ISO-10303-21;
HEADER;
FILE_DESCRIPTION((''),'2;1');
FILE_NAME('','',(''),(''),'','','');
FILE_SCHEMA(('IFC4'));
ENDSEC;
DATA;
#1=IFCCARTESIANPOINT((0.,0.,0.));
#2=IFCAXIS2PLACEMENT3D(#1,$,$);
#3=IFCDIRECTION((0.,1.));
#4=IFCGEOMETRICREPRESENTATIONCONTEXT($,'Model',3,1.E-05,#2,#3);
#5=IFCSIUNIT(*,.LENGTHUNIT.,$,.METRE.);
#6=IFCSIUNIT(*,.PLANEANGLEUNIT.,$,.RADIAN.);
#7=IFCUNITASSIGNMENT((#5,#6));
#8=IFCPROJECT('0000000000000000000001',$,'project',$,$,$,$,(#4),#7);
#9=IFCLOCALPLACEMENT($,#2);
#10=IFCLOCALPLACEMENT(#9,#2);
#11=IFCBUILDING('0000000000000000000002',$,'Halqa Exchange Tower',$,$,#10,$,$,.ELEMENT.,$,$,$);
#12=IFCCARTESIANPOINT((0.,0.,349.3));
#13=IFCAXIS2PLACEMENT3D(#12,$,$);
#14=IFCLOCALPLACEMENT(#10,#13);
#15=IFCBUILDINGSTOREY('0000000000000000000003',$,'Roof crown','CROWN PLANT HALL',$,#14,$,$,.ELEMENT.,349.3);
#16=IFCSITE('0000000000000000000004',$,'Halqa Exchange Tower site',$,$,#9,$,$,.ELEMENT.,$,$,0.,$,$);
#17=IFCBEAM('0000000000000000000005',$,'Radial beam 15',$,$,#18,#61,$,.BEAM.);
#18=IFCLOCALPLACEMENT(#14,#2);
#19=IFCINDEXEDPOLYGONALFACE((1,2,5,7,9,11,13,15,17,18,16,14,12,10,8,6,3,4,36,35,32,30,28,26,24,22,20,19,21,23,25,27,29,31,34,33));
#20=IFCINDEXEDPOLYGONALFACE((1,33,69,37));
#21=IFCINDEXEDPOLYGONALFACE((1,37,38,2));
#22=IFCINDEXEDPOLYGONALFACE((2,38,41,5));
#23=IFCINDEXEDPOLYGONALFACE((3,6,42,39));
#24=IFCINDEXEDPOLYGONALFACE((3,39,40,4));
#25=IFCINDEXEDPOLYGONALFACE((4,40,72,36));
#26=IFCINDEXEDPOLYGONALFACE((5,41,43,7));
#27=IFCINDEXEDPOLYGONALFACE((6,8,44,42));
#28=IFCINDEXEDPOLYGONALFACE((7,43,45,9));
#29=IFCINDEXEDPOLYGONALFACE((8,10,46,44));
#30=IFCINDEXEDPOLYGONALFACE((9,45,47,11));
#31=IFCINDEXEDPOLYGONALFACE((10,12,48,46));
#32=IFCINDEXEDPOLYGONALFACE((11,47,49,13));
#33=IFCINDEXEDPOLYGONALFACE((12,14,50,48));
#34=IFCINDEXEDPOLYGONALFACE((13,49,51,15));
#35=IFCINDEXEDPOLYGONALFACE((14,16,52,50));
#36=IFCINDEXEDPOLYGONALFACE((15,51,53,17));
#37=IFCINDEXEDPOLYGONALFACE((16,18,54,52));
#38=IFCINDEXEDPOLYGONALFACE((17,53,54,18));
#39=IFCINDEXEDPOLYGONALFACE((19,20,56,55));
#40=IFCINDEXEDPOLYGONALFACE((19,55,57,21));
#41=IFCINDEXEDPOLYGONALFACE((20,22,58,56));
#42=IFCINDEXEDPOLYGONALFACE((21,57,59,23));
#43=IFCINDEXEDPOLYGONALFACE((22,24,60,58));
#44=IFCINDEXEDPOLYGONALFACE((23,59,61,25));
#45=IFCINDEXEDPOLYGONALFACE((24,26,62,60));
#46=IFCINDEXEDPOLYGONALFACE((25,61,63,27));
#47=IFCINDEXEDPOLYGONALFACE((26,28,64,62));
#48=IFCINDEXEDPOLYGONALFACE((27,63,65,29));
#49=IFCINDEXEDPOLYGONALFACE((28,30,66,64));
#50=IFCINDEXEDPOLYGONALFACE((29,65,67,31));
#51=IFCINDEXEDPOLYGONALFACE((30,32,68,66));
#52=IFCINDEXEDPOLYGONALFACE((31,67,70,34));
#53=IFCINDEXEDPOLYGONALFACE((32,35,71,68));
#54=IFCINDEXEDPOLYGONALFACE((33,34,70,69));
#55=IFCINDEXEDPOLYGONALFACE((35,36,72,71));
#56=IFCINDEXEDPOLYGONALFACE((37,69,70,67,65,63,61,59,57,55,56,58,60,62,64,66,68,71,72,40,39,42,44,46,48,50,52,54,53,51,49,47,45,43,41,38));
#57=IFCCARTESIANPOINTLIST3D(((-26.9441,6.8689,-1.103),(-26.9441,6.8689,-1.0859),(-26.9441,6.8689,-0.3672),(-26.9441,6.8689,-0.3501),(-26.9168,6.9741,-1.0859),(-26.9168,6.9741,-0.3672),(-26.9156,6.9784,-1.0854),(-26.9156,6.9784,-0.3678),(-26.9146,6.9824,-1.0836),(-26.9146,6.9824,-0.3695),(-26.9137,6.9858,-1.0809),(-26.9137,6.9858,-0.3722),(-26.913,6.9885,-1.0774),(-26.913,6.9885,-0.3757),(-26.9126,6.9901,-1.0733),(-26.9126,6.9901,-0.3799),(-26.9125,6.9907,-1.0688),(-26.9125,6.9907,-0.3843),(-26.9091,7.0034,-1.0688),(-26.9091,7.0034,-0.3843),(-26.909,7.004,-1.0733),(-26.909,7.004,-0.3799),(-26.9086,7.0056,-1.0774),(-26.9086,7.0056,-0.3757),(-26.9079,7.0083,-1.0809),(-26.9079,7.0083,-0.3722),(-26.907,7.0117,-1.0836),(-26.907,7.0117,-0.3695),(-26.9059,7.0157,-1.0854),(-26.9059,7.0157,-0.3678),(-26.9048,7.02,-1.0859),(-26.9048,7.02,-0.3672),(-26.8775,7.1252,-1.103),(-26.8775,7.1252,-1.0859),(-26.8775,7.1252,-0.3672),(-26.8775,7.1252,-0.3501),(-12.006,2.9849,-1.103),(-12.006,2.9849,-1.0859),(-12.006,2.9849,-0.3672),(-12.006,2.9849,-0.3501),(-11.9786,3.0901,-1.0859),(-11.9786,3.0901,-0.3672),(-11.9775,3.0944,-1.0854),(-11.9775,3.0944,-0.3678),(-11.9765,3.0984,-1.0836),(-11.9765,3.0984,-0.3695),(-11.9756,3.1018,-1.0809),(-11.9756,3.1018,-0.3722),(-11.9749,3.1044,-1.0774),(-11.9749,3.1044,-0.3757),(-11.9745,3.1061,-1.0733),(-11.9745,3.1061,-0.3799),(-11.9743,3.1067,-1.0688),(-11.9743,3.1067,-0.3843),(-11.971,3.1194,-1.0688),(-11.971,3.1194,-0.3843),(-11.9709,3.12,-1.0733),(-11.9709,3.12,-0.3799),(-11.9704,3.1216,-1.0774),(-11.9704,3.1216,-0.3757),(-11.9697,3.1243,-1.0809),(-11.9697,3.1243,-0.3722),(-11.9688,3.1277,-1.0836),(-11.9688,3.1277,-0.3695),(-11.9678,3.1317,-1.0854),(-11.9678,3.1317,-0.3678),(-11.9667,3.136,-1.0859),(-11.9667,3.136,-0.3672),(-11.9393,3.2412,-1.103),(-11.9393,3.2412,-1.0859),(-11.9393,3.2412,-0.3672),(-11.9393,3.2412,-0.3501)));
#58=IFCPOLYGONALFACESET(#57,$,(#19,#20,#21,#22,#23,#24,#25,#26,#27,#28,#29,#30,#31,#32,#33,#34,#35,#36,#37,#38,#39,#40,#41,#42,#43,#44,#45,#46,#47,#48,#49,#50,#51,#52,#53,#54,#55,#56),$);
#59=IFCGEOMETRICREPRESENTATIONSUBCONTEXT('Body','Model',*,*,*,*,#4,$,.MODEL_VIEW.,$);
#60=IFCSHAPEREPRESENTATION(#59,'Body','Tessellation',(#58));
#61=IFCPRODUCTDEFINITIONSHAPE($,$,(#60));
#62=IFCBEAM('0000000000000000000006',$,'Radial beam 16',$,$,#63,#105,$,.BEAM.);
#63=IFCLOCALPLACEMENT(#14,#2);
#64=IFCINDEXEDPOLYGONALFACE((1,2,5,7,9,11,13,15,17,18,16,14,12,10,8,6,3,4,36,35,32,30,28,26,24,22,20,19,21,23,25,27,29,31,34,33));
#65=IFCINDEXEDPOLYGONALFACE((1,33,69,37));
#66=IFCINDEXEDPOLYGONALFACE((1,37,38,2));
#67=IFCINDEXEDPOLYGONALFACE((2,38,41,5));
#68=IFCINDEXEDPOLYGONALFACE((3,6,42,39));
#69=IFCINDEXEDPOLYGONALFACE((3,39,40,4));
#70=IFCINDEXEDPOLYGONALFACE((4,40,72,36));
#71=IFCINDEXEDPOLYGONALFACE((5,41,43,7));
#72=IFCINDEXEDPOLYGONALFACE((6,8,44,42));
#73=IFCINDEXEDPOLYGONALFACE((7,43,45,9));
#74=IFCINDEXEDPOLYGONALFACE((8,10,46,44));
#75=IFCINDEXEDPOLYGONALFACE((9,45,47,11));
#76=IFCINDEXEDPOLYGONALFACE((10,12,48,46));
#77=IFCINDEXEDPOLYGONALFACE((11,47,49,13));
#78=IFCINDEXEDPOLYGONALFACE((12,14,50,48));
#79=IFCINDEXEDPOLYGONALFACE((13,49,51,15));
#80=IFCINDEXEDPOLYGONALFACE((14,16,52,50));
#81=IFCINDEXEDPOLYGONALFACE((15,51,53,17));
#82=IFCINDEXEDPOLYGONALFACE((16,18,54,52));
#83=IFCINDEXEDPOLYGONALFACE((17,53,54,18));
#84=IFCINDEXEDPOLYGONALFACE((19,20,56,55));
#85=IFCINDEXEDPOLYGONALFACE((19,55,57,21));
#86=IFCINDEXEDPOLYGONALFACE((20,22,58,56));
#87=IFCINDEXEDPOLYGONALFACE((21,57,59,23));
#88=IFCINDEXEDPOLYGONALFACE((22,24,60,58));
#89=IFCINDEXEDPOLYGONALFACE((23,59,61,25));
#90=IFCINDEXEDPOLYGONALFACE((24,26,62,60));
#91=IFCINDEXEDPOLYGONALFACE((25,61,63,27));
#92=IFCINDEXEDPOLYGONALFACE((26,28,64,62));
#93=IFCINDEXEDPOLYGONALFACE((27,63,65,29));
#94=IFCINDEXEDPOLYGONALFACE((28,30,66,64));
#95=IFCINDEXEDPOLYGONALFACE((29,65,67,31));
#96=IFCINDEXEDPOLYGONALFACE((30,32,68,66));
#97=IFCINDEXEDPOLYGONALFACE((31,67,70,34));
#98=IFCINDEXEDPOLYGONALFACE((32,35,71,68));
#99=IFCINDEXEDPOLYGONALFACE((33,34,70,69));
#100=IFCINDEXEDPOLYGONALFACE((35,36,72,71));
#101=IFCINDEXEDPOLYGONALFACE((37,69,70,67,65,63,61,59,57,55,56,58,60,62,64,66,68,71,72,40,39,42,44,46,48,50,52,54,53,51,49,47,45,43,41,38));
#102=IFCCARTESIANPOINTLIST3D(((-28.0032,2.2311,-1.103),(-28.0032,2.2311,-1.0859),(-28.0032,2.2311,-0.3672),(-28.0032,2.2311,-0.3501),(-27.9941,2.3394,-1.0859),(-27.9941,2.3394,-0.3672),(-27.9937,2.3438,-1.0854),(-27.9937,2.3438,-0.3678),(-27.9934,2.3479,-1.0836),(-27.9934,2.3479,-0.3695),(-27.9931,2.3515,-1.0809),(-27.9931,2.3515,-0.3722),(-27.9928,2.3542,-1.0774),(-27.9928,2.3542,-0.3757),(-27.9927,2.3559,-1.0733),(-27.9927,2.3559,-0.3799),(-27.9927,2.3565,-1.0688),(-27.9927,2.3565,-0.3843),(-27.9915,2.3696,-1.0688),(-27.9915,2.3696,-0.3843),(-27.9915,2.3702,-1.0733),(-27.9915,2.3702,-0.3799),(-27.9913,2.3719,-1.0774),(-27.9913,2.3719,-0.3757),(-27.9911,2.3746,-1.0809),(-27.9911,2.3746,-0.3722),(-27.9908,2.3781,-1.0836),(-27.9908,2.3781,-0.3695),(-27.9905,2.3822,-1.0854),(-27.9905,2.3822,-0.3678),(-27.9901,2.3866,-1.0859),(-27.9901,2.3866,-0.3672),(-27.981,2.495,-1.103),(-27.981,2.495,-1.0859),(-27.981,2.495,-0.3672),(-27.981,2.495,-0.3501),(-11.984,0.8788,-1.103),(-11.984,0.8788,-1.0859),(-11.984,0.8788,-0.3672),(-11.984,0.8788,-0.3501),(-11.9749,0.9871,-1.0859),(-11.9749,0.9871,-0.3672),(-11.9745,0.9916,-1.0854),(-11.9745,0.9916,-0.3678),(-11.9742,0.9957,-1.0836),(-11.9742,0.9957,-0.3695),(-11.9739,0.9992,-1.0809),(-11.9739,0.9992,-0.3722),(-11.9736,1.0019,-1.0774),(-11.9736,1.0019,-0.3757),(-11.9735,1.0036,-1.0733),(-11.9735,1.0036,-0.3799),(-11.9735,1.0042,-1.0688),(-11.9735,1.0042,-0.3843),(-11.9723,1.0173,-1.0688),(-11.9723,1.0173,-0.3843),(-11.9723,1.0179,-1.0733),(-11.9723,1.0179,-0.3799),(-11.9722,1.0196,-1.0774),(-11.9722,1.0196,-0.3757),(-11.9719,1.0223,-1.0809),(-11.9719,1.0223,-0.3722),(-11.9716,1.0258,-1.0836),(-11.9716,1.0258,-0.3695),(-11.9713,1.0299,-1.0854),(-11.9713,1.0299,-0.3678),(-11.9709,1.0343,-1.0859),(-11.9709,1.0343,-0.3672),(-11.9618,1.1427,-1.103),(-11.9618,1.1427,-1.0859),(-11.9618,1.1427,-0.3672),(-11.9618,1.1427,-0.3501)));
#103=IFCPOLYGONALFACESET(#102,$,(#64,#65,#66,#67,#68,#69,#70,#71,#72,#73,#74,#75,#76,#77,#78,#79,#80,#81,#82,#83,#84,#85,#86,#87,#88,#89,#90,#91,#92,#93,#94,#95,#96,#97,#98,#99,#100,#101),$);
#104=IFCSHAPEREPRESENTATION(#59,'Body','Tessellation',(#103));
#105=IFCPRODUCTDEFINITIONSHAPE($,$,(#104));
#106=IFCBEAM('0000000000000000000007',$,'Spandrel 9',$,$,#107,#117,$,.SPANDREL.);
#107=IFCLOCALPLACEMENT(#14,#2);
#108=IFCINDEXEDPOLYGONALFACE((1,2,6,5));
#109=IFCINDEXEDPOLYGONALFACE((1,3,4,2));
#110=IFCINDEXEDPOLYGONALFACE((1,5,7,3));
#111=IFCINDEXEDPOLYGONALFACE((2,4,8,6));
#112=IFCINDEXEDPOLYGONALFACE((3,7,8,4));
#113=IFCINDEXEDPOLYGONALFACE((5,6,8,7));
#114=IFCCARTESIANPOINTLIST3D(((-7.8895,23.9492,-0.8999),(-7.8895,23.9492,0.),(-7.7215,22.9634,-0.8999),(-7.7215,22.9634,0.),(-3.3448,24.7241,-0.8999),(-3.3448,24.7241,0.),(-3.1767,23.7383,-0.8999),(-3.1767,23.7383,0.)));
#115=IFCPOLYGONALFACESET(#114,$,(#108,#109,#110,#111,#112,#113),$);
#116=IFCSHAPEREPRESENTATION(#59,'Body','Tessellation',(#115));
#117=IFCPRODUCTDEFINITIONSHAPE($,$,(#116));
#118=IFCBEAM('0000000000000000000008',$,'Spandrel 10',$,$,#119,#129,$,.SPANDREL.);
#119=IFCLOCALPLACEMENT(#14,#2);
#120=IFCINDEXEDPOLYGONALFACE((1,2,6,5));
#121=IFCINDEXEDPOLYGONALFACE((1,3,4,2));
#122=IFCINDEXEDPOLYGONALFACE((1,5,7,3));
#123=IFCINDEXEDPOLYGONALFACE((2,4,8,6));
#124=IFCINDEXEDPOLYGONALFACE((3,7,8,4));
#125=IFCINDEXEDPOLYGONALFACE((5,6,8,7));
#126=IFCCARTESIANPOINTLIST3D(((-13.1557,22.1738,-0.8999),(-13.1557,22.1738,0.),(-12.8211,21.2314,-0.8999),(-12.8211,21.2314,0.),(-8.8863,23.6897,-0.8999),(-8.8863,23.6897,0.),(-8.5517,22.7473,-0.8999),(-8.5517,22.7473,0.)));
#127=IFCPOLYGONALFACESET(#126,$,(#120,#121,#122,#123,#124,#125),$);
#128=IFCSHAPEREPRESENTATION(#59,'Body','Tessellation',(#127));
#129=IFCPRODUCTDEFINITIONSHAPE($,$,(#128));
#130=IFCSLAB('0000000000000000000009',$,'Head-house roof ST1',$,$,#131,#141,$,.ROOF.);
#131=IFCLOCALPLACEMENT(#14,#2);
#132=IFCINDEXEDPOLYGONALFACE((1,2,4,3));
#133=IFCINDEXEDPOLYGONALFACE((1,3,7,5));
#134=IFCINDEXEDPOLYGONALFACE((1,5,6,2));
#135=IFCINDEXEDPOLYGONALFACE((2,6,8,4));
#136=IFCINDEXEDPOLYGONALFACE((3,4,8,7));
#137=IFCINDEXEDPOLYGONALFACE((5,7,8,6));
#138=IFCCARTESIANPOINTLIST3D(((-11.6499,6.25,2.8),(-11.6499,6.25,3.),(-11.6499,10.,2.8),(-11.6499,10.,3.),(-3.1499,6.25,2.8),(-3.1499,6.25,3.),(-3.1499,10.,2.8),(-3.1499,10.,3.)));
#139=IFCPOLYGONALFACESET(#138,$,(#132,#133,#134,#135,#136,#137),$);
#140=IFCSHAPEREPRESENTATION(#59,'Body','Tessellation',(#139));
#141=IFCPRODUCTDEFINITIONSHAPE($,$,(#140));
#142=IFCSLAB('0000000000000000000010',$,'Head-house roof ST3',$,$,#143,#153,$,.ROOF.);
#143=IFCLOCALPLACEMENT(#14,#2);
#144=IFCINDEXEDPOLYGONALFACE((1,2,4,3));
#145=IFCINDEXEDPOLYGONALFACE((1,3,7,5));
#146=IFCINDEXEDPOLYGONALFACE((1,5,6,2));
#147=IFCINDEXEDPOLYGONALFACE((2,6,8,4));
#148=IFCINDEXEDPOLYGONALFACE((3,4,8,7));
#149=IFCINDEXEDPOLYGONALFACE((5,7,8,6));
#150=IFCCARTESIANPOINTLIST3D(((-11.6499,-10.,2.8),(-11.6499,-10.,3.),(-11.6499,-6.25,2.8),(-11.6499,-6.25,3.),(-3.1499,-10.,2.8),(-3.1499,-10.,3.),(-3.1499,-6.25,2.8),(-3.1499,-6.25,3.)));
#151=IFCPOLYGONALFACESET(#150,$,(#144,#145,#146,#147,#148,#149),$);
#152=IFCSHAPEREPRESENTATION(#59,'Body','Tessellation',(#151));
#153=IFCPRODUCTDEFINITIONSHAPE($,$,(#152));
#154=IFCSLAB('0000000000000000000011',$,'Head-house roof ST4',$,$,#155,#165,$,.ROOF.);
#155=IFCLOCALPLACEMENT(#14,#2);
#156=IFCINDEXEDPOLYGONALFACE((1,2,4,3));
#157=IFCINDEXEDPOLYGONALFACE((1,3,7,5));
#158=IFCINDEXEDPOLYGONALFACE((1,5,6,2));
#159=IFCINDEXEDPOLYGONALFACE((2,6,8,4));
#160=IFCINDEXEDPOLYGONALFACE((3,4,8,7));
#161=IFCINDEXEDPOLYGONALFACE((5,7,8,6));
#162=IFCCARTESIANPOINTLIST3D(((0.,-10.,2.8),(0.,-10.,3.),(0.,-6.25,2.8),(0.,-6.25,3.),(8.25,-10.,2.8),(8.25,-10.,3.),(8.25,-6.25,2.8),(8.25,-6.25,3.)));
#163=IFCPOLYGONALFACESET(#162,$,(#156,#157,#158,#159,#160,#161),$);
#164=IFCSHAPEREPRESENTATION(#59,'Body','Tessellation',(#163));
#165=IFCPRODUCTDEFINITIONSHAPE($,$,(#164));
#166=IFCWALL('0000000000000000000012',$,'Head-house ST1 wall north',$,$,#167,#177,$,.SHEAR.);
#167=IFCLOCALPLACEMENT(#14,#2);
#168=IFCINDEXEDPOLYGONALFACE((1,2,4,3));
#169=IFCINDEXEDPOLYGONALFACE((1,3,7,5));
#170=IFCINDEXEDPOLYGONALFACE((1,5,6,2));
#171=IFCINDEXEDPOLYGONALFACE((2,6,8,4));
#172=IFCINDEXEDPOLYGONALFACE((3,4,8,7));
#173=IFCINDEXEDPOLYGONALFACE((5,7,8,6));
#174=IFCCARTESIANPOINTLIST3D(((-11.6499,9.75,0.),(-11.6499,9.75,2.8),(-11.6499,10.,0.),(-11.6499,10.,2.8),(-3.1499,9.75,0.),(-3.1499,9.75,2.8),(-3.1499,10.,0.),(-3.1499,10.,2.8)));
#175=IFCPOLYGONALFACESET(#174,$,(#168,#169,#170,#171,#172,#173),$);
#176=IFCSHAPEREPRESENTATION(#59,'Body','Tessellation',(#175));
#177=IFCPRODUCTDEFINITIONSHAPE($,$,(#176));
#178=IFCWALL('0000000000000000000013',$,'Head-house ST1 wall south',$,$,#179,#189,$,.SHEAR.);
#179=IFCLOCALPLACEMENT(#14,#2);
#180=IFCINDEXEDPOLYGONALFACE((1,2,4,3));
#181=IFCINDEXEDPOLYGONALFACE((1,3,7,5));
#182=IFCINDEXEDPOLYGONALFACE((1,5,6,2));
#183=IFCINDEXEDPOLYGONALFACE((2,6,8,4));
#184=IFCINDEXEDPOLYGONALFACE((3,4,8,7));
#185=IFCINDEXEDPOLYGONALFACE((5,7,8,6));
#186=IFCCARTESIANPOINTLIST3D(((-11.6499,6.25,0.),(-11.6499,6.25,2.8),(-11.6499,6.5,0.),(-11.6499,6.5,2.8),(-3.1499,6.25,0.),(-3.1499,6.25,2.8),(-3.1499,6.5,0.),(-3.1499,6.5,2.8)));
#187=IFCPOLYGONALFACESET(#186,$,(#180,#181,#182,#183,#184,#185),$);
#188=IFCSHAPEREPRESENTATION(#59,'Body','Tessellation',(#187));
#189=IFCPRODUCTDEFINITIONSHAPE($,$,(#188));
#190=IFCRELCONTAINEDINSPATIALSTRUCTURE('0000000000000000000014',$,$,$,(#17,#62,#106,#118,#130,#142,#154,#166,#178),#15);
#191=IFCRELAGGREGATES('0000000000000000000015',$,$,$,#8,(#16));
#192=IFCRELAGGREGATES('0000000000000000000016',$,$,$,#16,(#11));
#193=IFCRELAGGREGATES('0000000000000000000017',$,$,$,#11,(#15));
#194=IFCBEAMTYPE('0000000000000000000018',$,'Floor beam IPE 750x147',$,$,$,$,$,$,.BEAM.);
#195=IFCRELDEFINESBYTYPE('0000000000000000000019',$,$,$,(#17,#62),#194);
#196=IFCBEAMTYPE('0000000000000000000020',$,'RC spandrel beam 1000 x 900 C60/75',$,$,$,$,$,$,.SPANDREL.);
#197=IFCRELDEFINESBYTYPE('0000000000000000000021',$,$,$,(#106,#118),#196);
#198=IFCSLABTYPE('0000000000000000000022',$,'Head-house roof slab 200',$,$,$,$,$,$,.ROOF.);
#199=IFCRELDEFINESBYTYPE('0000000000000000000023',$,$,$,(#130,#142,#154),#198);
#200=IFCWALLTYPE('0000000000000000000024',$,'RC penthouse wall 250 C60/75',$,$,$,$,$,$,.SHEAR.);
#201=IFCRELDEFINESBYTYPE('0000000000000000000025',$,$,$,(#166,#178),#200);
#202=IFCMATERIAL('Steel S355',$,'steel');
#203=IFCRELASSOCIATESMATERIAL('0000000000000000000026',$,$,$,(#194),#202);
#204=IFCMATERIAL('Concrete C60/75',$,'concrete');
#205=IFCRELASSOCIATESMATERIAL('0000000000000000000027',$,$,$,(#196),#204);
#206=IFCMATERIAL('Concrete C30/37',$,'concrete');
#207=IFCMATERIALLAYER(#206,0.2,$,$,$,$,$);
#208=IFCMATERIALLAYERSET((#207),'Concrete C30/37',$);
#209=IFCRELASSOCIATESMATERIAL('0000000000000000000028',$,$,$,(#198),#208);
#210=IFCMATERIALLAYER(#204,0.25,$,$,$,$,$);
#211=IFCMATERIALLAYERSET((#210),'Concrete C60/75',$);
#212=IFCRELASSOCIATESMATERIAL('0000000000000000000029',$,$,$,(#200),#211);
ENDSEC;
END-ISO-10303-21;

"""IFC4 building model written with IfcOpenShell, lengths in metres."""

from ifc_helpers import new_model, si_unit, direction, frame, frame_2d, origin, origin_2d, place, context, subcontext, project, spatial, polyline, rectangle, i_section, outline, extrude, material, layer, layer_set, material_profile, profile_set, type_object, element, save


model = new_model("IFC4")

# Units and contexts
model_context = context("Model", 3, precision=1e-05, world=origin(), true_north=direction((0.0, 1.0)))
body_context = subcontext(model_context, "Body", "Model", "MODEL_VIEW")
ifc_project = project(units=[si_unit("LENGTHUNIT", "METRE"), si_unit("PLANEANGLEUNIT", "RADIAN")], contexts=[model_context])

# Site, building, storey
site_placement = place(None, origin())
site = spatial("IfcSite", under=ifc_project, at=site_placement, Name="Halqa Exchange Tower site", CompositionType="ELEMENT", RefElevation=0.0)
building_placement = place(site_placement, origin())
building = spatial("IfcBuilding", under=site, at=building_placement, Name="Halqa Exchange Tower", CompositionType="ELEMENT")
storey_placement = place(building_placement, frame((0.0, 0.0, 349.3)))
storey = spatial("IfcBuildingStorey", under=building, at=storey_placement, Name="Roof crown", Description="CROWN PLANT HALL", CompositionType="ELEMENT", Elevation=349.3)

# Shared definitions
ifc_material_1 = material(Name="Steel S355", Category="steel")

# Beams
ifc_material_profile_1 = material_profile(ifc_material_1, i_section(OverallWidth=0.2649, OverallDepth=0.7529, WebThickness=0.0132, FlangeThickness=0.0171, FilletRadius=0.0171, at=origin_2d()), Name="IPE 750x147")
ifc_profile_set_1 = profile_set([ifc_material_profile_1], Name="Steel S355")
beam_type_1 = type_object("IfcBeamType", Name="Floor beam IPE 750x147", PredefinedType="BEAM", material=ifc_profile_set_1)
beam_1_placement = place(storey_placement, frame((-11.9727, 3.113, -0.7266), z_axis=(-0.967821, 0.251639, 0.0), x_axis=(-0.251639, -0.967821, 0.0)))
element("IfcBeam", 1, at=beam_1_placement, inside=storey, type_object=beam_type_1, Name="Radial beam 15", PredefinedType="BEAM", context=body_context, shape_type="SweptSolid", body=[
    extrude(i_section(OverallWidth=0.2649, OverallDepth=0.7529, WebThickness=0.0132, FlangeThickness=0.0171, FilletRadius=0.0171, at=origin_2d()), origin(), (0.0, 0.0, 1.0), 15.4348),
])
beam_2_placement = place(storey_placement, frame((-11.9729, 1.0107, -0.7266), z_axis=(-0.996456, 0.084117, 0.0), x_axis=(-0.084117, -0.996456, 0.0)))
element("IfcBeam", 2, at=beam_2_placement, inside=storey, type_object=beam_type_1, Name="Radial beam 16", PredefinedType="BEAM", context=body_context, shape_type="SweptSolid", body=[
    extrude(i_section(OverallWidth=0.2649, OverallDepth=0.7529, WebThickness=0.0132, FlangeThickness=0.0171, FilletRadius=0.0171, at=origin_2d()), origin(), (0.0, 0.0, 1.0), 16.0762),
])
ifc_material_2 = material(Name="Concrete C60/75", Category="concrete")
ifc_material_profile_2 = material_profile(ifc_material_2, rectangle(XDim=1.0, YDim=0.8999, at=origin_2d()), Name="1000 x 900")
ifc_profile_set_2 = profile_set([ifc_material_profile_2], Name="Concrete C60/75")
beam_type_2 = type_object("IfcBeamType", Name="RC spandrel beam 1000 x 900 C60/75", PredefinedType="SPANDREL", material=ifc_profile_set_2)
beam_3_placement = place(storey_placement, frame((-3.2607, 24.2312, -0.45), z_axis=(-0.985773, -0.168082, 0.0), x_axis=(0.168082, -0.985773, 0.0)))
element("IfcBeam", 3, at=beam_3_placement, inside=storey, type_object=beam_type_2, Name="Spandrel 9", PredefinedType="SPANDREL", context=body_context, shape_type="SweptSolid", body=[
    extrude(rectangle(XDim=1.0, YDim=0.8999, at=origin_2d()), origin(), (0.0, 0.0, 1.0), 4.6104),
])
beam_4_placement = place(storey_placement, frame((-8.719, 23.2185, -0.45), z_axis=(-0.942361, -0.334598, 0.0), x_axis=(0.334598, -0.942361, 0.0)))
element("IfcBeam", 4, at=beam_4_placement, inside=storey, type_object=beam_type_2, Name="Spandrel 10", PredefinedType="SPANDREL", context=body_context, shape_type="SweptSolid", body=[
    extrude(rectangle(XDim=1.0, YDim=0.8999, at=origin_2d()), origin(), (0.0, 0.0, 1.0), 4.5305),
])

# Slabs
ifc_material_3 = material(Name="Concrete C30/37", Category="concrete")
ifc_layer_1 = layer(ifc_material_3, 0.2)
ifc_layer_set_1 = layer_set([ifc_layer_1], Name="Concrete C30/37")
slab_type = type_object("IfcSlabType", Name="Head-house roof slab 200", PredefinedType="ROOF", material=ifc_layer_set_1)
slab_1_placement = place(storey_placement, frame((0.0, 0.0, 2.8)))
element("IfcSlab", 5, at=slab_1_placement, inside=storey, type_object=slab_type, Name="Head-house roof ST1", PredefinedType="ROOF", context=body_context, shape_type="SweptSolid", body=[
    extrude(outline(polyline([(-11.6499, 6.25), (-3.1499, 6.25), (-3.1499, 10.0), (-11.6499, 10.0), (-11.6499, 6.25)])), origin(), (0.0, 0.0, 1.0), 0.2),
])
slab_2_placement = place(storey_placement, frame((0.0, 0.0, 2.8)))
element("IfcSlab", 6, at=slab_2_placement, inside=storey, type_object=slab_type, Name="Head-house roof ST3", PredefinedType="ROOF", context=body_context, shape_type="SweptSolid", body=[
    extrude(outline(polyline([(-11.6499, -10.0), (-3.1499, -10.0), (-3.1499, -6.25), (-11.6499, -6.25), (-11.6499, -10.0)])), origin(), (0.0, 0.0, 1.0), 0.2),
])
slab_3_placement = place(storey_placement, frame((0.0, 0.0, 2.8)))
element("IfcSlab", 7, at=slab_3_placement, inside=storey, type_object=slab_type, Name="Head-house roof ST4", PredefinedType="ROOF", context=body_context, shape_type="SweptSolid", body=[
    extrude(outline(polyline([(0.0, -10.0), (8.25, -10.0), (8.25, -6.25), (0.0, -6.25), (0.0, -10.0)])), origin(), (0.0, 0.0, 1.0), 0.2),
])

# Walls
ifc_layer_2 = layer(ifc_material_2, 0.25)
ifc_layer_set_2 = layer_set([ifc_layer_2], Name="Concrete C60/75")
wall_type_1 = type_object("IfcWallType", Name="RC penthouse wall 250 C60/75", PredefinedType="SHEAR", material=ifc_layer_set_2)
for number, where, z_axis, x_axis, name in (
    (8, (-11.6499, 9.875, 0.0), (0.0, 0.0, 1.0), (1.0, 0.0, 0.0), "Head-house ST1 wall north"),
    (9, (-11.6499, 6.375, 0.0), (0.0, 0.0, 1.0), (1.0, 0.0, 0.0), "Head-house ST1 wall south"),
):
    element("IfcWall", number, at=place(storey_placement, frame(where, z_axis=z_axis, x_axis=x_axis)), inside=storey, type_object=wall_type_1, Name=name, PredefinedType="SHEAR", context=body_context, shape_type="SweptSolid", body=[
        extrude(rectangle(XDim=8.5, YDim=0.25, at=frame_2d((4.25, 0.0))), origin(), (0.0, 0.0, 1.0), 2.8),
    ])

save(model, "model.ifc")
